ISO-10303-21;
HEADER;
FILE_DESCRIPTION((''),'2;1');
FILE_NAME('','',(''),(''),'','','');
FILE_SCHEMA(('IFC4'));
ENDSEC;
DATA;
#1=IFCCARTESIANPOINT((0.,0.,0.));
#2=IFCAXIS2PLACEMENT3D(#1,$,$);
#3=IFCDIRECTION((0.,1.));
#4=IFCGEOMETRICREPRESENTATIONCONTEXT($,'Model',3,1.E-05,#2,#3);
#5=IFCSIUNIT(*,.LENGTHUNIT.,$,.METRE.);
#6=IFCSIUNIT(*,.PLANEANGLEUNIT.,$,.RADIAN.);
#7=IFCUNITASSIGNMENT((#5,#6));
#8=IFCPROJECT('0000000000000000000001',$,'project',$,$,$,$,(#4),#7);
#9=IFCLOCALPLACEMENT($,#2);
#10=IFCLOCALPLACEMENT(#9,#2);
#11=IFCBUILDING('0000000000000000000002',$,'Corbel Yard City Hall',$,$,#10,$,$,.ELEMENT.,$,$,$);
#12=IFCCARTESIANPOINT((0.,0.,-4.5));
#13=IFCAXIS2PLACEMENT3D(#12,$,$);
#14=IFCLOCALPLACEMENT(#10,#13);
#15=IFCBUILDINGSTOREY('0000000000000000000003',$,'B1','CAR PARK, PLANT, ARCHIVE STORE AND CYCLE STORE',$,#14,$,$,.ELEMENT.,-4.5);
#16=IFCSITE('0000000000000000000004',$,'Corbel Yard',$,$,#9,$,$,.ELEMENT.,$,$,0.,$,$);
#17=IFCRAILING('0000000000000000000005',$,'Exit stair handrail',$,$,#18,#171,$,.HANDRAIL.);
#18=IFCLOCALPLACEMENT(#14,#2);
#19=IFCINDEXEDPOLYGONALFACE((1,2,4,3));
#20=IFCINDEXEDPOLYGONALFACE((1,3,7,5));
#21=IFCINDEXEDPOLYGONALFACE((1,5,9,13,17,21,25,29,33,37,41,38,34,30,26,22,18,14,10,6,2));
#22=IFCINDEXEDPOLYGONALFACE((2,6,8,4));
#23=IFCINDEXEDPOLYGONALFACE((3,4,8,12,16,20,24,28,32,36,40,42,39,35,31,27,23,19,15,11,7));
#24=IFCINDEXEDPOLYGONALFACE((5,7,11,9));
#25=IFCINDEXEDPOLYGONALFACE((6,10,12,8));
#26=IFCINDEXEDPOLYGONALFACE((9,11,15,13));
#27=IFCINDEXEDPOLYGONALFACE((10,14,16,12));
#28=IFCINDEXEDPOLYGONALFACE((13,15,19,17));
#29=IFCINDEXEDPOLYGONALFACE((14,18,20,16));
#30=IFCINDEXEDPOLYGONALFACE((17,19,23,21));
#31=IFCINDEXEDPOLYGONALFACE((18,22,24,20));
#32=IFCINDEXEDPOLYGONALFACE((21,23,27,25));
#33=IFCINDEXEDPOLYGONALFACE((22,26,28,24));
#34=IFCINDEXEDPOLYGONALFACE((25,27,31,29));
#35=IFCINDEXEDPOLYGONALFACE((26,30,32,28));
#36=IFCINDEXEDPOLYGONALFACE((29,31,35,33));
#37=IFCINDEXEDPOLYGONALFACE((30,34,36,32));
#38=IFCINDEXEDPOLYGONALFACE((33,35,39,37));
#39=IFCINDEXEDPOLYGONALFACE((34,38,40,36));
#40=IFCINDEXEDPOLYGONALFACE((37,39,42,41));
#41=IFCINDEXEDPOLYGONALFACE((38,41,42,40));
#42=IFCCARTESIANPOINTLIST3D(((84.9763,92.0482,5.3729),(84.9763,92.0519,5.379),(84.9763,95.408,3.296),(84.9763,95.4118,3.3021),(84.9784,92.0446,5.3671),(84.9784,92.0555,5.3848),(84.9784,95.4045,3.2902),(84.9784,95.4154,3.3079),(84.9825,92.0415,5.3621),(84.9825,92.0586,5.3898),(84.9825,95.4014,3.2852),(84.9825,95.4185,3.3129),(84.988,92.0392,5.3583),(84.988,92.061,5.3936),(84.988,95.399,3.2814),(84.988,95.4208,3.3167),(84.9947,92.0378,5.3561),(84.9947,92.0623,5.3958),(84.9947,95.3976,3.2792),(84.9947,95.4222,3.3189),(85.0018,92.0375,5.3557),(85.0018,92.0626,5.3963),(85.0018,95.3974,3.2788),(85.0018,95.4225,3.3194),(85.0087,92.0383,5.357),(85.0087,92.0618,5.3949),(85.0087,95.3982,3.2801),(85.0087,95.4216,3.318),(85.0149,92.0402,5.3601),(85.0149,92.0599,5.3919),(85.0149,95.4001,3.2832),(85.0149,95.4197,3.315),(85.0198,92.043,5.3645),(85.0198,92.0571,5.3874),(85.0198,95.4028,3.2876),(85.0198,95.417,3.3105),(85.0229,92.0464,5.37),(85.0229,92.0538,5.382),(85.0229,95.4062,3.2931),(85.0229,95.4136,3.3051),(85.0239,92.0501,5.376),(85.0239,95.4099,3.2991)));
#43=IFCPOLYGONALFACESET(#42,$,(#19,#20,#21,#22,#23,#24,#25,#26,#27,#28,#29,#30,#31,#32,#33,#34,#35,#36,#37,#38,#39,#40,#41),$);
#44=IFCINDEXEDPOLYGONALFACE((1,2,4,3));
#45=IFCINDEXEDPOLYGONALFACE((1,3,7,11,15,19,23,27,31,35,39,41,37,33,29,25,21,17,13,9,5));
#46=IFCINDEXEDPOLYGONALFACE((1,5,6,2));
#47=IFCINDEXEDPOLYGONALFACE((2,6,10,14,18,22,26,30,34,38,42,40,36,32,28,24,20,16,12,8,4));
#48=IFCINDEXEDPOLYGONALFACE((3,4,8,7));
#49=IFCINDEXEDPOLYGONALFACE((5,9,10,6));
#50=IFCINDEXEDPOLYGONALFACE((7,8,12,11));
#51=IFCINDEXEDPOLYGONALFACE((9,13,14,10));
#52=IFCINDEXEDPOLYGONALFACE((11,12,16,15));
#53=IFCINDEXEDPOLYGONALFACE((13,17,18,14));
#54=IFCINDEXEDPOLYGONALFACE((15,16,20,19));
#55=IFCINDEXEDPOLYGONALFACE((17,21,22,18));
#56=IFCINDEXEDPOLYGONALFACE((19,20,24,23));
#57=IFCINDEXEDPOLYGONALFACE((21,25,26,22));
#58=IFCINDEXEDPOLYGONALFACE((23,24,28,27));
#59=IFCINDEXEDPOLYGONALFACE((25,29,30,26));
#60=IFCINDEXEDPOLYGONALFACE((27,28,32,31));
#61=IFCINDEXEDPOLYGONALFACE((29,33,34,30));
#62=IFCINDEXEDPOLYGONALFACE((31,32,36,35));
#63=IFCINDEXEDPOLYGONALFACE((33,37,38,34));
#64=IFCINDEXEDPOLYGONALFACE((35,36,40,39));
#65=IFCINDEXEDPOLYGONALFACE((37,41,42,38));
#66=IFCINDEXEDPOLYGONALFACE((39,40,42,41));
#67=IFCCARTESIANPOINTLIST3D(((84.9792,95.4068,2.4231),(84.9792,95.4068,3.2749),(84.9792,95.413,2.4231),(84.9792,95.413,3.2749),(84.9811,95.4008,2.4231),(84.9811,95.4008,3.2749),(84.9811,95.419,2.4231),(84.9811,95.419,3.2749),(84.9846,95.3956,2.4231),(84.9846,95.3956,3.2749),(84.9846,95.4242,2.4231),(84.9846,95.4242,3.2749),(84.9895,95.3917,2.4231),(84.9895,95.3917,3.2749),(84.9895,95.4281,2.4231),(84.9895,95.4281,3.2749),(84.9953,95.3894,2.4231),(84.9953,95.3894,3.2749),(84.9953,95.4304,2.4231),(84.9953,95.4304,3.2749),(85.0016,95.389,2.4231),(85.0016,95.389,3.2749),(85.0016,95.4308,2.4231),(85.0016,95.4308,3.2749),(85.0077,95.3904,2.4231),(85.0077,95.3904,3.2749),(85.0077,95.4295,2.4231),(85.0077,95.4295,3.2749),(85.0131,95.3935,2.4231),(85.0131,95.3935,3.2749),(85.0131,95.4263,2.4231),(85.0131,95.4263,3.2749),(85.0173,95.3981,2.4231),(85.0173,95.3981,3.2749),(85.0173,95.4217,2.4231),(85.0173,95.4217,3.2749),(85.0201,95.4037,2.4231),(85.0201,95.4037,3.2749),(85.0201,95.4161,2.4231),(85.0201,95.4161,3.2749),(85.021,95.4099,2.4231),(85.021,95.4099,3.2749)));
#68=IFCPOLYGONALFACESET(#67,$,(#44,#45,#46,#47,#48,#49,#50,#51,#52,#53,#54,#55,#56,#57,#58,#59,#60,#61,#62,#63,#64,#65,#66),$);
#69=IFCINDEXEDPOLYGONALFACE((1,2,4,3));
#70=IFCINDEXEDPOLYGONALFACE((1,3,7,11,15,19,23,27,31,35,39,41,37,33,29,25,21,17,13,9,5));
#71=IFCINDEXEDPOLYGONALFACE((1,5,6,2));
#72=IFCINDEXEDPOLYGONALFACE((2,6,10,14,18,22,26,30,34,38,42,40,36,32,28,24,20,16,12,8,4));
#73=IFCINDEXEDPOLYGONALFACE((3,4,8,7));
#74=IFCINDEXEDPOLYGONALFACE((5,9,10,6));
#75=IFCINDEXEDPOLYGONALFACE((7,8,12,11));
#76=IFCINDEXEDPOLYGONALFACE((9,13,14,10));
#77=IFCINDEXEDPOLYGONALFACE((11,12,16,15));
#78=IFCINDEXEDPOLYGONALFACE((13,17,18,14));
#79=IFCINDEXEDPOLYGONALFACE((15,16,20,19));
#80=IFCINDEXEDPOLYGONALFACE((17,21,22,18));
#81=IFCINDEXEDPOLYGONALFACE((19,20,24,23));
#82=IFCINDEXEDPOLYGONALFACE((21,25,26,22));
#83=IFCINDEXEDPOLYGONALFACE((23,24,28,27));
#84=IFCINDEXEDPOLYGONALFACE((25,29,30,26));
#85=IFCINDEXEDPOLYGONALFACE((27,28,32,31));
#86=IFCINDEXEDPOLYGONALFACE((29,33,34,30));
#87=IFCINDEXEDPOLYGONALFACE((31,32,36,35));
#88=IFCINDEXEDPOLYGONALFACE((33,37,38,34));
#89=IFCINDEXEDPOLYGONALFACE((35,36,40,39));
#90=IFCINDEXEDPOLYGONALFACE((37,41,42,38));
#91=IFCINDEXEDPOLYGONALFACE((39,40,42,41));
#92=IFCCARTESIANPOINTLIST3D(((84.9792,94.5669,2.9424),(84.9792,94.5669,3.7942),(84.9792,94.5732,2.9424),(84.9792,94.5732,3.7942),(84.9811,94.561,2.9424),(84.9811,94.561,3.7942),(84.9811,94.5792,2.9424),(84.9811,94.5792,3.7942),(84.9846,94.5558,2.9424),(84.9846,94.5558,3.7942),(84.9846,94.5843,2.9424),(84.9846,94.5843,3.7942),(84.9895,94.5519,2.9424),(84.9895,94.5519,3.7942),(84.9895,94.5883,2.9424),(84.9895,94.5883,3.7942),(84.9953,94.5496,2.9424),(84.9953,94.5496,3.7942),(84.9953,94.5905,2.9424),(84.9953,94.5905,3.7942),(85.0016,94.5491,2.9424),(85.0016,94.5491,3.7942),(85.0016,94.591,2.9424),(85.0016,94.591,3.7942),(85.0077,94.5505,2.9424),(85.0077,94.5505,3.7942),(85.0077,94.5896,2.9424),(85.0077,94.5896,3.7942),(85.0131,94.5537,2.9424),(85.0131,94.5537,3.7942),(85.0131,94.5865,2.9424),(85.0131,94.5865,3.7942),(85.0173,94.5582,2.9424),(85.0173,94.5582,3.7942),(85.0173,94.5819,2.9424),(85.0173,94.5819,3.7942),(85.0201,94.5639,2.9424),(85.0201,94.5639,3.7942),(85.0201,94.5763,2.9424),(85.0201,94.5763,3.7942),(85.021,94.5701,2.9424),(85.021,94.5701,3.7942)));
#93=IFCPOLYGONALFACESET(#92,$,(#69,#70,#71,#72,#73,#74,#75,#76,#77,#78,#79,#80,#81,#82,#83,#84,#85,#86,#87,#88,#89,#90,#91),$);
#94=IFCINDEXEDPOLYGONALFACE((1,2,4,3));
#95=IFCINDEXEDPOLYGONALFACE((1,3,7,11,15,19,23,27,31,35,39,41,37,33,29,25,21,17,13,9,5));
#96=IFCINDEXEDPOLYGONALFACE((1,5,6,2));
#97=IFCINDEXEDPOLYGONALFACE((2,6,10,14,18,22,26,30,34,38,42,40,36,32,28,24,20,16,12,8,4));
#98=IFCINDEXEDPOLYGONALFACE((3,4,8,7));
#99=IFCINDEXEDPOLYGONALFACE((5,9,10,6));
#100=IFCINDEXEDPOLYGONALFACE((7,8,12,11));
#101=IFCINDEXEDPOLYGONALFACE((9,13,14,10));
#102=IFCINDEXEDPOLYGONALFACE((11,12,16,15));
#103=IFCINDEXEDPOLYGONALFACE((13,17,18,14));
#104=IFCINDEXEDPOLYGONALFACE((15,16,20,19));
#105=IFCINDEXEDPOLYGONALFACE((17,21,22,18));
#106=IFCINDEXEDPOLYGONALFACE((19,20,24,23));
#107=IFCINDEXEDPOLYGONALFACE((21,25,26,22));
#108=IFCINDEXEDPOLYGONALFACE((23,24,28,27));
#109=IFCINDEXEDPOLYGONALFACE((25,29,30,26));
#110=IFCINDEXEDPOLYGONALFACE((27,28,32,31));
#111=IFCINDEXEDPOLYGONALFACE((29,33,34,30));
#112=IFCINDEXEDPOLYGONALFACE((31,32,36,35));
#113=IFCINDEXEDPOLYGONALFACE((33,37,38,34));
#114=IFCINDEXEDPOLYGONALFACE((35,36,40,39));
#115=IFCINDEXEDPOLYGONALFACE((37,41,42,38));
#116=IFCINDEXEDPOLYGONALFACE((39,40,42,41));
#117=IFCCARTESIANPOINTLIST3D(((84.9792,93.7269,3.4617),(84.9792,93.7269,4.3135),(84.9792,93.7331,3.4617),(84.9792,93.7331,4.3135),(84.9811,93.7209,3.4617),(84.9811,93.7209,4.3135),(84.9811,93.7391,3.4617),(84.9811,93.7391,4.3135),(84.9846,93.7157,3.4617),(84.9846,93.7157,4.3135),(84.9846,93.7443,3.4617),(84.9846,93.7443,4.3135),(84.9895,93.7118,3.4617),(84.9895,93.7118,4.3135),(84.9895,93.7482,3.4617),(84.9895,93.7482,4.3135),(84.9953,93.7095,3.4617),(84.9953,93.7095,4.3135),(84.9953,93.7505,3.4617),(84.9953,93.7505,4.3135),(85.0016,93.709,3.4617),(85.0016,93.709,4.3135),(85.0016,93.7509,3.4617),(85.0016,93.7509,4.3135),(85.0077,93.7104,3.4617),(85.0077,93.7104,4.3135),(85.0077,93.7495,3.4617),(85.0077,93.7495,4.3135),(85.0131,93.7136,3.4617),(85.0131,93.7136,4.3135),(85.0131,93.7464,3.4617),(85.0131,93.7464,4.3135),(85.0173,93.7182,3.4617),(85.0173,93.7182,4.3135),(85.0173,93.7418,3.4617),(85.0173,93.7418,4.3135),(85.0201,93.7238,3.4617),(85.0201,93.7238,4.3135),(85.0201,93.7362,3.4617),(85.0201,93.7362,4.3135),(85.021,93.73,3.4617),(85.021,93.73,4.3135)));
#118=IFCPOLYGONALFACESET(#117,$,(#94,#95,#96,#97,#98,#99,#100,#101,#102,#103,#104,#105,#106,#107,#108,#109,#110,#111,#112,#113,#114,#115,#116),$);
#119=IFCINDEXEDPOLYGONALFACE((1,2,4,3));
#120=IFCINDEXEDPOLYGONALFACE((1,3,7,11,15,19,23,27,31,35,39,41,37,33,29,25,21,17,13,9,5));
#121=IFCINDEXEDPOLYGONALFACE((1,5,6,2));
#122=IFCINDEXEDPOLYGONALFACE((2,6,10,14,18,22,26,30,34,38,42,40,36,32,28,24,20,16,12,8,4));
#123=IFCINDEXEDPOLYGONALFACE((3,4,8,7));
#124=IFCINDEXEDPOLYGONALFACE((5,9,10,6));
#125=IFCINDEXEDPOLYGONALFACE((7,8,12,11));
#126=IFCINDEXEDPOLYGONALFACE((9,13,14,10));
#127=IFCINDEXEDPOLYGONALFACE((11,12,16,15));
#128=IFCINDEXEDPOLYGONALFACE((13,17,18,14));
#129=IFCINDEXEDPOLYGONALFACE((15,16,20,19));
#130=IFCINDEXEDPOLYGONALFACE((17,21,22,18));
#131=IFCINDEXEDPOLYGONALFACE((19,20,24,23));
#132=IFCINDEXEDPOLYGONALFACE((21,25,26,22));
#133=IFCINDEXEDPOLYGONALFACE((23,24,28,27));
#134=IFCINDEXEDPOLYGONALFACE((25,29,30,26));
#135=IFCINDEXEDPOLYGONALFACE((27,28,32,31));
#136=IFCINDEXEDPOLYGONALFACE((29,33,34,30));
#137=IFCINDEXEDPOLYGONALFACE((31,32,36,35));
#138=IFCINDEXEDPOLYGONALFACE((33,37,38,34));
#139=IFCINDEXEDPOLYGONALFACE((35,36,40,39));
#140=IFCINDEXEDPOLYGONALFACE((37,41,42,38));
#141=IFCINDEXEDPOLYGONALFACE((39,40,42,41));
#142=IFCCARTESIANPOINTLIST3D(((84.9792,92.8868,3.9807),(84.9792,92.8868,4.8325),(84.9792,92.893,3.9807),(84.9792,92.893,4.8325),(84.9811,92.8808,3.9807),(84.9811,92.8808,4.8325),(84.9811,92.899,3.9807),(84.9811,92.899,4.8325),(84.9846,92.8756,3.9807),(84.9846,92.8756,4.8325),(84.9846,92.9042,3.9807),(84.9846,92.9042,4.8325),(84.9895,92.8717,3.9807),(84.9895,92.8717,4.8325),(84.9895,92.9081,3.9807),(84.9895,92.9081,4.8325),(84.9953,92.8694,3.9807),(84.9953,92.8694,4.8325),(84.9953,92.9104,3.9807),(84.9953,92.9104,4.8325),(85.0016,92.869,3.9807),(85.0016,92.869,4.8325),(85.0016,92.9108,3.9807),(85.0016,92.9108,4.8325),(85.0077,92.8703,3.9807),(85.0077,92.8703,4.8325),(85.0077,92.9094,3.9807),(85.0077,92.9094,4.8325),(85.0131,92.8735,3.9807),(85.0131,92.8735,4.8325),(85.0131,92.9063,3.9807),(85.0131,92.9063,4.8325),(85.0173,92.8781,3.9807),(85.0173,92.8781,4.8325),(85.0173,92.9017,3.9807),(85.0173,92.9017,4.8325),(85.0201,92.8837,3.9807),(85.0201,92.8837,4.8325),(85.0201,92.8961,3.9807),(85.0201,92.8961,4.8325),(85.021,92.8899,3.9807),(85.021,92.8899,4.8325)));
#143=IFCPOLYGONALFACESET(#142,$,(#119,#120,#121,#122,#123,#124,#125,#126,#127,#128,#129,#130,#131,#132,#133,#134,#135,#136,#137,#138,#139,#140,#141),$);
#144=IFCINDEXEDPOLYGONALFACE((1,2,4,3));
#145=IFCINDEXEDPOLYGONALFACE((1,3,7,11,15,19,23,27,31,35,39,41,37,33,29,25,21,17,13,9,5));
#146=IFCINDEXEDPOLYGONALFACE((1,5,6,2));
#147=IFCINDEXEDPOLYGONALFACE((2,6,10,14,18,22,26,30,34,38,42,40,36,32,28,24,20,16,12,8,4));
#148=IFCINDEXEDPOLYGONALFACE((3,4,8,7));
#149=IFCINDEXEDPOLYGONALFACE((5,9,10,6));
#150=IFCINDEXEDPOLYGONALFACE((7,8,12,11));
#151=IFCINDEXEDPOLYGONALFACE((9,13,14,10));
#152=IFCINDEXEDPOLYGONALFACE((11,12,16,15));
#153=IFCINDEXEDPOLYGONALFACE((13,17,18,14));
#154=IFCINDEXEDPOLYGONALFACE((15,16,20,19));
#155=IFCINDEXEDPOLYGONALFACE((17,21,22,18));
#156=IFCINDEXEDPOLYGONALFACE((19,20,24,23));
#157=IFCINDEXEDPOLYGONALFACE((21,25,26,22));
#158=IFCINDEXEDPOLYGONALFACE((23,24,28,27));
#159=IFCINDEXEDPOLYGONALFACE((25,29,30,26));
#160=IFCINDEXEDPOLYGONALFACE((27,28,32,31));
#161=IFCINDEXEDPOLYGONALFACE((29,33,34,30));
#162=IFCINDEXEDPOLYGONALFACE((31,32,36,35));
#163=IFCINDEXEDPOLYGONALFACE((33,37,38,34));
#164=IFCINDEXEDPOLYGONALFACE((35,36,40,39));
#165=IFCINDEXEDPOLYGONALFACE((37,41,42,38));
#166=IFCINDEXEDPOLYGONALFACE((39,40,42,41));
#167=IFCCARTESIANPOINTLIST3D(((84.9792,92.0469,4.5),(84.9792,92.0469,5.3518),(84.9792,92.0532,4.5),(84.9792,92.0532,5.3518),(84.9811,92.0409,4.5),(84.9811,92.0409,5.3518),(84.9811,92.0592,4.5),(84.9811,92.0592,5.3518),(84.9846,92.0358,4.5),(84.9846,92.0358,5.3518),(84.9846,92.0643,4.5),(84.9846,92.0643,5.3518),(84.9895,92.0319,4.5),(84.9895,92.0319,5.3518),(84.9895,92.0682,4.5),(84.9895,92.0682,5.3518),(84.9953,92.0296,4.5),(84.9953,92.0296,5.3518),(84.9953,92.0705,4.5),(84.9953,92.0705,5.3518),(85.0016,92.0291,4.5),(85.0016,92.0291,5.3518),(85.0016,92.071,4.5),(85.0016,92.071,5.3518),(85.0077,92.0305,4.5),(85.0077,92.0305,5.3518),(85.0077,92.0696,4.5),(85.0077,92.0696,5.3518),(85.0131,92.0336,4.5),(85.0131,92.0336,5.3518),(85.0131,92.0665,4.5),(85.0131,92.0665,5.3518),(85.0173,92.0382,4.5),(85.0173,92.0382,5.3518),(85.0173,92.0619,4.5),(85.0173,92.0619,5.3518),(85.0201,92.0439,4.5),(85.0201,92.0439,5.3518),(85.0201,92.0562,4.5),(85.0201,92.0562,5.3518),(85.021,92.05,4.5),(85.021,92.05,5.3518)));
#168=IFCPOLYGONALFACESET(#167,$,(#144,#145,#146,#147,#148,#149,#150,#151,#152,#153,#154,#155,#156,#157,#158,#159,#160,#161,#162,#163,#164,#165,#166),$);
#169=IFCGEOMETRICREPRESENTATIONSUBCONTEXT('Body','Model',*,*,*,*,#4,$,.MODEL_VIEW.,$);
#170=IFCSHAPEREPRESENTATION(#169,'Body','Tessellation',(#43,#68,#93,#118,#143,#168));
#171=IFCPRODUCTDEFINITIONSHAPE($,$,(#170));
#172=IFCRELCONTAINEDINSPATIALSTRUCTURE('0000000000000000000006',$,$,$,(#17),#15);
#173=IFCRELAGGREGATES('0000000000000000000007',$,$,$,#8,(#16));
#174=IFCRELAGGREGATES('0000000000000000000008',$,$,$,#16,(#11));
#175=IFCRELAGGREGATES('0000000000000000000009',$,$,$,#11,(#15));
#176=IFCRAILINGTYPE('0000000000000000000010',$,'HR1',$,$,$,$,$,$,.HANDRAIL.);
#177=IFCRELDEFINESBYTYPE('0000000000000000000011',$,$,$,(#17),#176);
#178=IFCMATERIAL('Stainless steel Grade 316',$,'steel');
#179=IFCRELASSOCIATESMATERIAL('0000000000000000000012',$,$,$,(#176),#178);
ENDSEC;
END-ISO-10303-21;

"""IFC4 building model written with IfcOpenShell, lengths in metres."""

from ifc_helpers import new_model, si_unit, direction, frame, origin, origin_2d, place, context, subcontext, project, spatial, circle, extrude, material, type_object, element, save


model = new_model("IFC4")

# Units and contexts
model_context = context("Model", 3, precision=1e-05, world=origin(), true_north=direction((0.0, 1.0)))
body_context = subcontext(model_context, "Body", "Model", "MODEL_VIEW")
ifc_project = project(units=[si_unit("LENGTHUNIT", "METRE"), si_unit("PLANEANGLEUNIT", "RADIAN")], contexts=[model_context])

# Site, building, storey
site_placement = place(None, origin())
site = spatial("IfcSite", under=ifc_project, at=site_placement, Name="Corbel Yard", CompositionType="ELEMENT", RefElevation=0.0)
building_placement = place(site_placement, origin())
building = spatial("IfcBuilding", under=site, at=building_placement, Name="Corbel Yard City Hall", CompositionType="ELEMENT")
storey_placement = place(building_placement, frame((0.0, 0.0, -4.5)))
storey = spatial("IfcBuildingStorey", under=building, at=storey_placement, Name="B1", Description="CAR PARK, PLANT, ARCHIVE STORE AND CYCLE STORE", CompositionType="ELEMENT", Elevation=-4.5)

# Railing
ifc_material_1 = material(Name="Stainless steel Grade 316", Category="steel")
railing_type = type_object("IfcRailingType", Name="HR1", PredefinedType="HANDRAIL", material=ifc_material_1)
for number, where, name in (
    (1, (85.0, 95.4099, 2.4231), "Exit stair handrail"),
):
    element("IfcRailing", number, at=place(storey_placement, frame(where)), inside=storey, type_object=railing_type, Name=name, PredefinedType="HANDRAIL", context=body_context, shape_type="SweptSolid", body=[
        extrude(circle(Radius=0.0239, at=origin_2d()), frame((0.0, 0.0, 0.876), z_axis=(0.0, -0.850606, 0.525803), x_axis=(1.0, 0.0, 0.0)), (0.0, 0.0, 1.0), 3.95),
        extrude(circle(Radius=0.021, at=origin_2d()), origin(), (0.0, 0.0, 1.0), 0.8518),
        extrude(circle(Radius=0.021, at=origin_2d()), frame((0.0, -0.8398, 0.5193)), (0.0, 0.0, 1.0), 0.8518),
        extrude(circle(Radius=0.021, at=origin_2d()), frame((0.0, -1.6799, 1.0386)), (0.0, 0.0, 1.0), 0.8518),
        extrude(circle(Radius=0.021, at=origin_2d()), frame((0.0, -2.52, 1.5576)), (0.0, 0.0, 1.0), 0.8518),
        extrude(circle(Radius=0.021, at=origin_2d()), frame((0.0, -3.3599, 2.0769)), (0.0, 0.0, 1.0), 0.8518),
    ])

save(model, "model.ifc")
